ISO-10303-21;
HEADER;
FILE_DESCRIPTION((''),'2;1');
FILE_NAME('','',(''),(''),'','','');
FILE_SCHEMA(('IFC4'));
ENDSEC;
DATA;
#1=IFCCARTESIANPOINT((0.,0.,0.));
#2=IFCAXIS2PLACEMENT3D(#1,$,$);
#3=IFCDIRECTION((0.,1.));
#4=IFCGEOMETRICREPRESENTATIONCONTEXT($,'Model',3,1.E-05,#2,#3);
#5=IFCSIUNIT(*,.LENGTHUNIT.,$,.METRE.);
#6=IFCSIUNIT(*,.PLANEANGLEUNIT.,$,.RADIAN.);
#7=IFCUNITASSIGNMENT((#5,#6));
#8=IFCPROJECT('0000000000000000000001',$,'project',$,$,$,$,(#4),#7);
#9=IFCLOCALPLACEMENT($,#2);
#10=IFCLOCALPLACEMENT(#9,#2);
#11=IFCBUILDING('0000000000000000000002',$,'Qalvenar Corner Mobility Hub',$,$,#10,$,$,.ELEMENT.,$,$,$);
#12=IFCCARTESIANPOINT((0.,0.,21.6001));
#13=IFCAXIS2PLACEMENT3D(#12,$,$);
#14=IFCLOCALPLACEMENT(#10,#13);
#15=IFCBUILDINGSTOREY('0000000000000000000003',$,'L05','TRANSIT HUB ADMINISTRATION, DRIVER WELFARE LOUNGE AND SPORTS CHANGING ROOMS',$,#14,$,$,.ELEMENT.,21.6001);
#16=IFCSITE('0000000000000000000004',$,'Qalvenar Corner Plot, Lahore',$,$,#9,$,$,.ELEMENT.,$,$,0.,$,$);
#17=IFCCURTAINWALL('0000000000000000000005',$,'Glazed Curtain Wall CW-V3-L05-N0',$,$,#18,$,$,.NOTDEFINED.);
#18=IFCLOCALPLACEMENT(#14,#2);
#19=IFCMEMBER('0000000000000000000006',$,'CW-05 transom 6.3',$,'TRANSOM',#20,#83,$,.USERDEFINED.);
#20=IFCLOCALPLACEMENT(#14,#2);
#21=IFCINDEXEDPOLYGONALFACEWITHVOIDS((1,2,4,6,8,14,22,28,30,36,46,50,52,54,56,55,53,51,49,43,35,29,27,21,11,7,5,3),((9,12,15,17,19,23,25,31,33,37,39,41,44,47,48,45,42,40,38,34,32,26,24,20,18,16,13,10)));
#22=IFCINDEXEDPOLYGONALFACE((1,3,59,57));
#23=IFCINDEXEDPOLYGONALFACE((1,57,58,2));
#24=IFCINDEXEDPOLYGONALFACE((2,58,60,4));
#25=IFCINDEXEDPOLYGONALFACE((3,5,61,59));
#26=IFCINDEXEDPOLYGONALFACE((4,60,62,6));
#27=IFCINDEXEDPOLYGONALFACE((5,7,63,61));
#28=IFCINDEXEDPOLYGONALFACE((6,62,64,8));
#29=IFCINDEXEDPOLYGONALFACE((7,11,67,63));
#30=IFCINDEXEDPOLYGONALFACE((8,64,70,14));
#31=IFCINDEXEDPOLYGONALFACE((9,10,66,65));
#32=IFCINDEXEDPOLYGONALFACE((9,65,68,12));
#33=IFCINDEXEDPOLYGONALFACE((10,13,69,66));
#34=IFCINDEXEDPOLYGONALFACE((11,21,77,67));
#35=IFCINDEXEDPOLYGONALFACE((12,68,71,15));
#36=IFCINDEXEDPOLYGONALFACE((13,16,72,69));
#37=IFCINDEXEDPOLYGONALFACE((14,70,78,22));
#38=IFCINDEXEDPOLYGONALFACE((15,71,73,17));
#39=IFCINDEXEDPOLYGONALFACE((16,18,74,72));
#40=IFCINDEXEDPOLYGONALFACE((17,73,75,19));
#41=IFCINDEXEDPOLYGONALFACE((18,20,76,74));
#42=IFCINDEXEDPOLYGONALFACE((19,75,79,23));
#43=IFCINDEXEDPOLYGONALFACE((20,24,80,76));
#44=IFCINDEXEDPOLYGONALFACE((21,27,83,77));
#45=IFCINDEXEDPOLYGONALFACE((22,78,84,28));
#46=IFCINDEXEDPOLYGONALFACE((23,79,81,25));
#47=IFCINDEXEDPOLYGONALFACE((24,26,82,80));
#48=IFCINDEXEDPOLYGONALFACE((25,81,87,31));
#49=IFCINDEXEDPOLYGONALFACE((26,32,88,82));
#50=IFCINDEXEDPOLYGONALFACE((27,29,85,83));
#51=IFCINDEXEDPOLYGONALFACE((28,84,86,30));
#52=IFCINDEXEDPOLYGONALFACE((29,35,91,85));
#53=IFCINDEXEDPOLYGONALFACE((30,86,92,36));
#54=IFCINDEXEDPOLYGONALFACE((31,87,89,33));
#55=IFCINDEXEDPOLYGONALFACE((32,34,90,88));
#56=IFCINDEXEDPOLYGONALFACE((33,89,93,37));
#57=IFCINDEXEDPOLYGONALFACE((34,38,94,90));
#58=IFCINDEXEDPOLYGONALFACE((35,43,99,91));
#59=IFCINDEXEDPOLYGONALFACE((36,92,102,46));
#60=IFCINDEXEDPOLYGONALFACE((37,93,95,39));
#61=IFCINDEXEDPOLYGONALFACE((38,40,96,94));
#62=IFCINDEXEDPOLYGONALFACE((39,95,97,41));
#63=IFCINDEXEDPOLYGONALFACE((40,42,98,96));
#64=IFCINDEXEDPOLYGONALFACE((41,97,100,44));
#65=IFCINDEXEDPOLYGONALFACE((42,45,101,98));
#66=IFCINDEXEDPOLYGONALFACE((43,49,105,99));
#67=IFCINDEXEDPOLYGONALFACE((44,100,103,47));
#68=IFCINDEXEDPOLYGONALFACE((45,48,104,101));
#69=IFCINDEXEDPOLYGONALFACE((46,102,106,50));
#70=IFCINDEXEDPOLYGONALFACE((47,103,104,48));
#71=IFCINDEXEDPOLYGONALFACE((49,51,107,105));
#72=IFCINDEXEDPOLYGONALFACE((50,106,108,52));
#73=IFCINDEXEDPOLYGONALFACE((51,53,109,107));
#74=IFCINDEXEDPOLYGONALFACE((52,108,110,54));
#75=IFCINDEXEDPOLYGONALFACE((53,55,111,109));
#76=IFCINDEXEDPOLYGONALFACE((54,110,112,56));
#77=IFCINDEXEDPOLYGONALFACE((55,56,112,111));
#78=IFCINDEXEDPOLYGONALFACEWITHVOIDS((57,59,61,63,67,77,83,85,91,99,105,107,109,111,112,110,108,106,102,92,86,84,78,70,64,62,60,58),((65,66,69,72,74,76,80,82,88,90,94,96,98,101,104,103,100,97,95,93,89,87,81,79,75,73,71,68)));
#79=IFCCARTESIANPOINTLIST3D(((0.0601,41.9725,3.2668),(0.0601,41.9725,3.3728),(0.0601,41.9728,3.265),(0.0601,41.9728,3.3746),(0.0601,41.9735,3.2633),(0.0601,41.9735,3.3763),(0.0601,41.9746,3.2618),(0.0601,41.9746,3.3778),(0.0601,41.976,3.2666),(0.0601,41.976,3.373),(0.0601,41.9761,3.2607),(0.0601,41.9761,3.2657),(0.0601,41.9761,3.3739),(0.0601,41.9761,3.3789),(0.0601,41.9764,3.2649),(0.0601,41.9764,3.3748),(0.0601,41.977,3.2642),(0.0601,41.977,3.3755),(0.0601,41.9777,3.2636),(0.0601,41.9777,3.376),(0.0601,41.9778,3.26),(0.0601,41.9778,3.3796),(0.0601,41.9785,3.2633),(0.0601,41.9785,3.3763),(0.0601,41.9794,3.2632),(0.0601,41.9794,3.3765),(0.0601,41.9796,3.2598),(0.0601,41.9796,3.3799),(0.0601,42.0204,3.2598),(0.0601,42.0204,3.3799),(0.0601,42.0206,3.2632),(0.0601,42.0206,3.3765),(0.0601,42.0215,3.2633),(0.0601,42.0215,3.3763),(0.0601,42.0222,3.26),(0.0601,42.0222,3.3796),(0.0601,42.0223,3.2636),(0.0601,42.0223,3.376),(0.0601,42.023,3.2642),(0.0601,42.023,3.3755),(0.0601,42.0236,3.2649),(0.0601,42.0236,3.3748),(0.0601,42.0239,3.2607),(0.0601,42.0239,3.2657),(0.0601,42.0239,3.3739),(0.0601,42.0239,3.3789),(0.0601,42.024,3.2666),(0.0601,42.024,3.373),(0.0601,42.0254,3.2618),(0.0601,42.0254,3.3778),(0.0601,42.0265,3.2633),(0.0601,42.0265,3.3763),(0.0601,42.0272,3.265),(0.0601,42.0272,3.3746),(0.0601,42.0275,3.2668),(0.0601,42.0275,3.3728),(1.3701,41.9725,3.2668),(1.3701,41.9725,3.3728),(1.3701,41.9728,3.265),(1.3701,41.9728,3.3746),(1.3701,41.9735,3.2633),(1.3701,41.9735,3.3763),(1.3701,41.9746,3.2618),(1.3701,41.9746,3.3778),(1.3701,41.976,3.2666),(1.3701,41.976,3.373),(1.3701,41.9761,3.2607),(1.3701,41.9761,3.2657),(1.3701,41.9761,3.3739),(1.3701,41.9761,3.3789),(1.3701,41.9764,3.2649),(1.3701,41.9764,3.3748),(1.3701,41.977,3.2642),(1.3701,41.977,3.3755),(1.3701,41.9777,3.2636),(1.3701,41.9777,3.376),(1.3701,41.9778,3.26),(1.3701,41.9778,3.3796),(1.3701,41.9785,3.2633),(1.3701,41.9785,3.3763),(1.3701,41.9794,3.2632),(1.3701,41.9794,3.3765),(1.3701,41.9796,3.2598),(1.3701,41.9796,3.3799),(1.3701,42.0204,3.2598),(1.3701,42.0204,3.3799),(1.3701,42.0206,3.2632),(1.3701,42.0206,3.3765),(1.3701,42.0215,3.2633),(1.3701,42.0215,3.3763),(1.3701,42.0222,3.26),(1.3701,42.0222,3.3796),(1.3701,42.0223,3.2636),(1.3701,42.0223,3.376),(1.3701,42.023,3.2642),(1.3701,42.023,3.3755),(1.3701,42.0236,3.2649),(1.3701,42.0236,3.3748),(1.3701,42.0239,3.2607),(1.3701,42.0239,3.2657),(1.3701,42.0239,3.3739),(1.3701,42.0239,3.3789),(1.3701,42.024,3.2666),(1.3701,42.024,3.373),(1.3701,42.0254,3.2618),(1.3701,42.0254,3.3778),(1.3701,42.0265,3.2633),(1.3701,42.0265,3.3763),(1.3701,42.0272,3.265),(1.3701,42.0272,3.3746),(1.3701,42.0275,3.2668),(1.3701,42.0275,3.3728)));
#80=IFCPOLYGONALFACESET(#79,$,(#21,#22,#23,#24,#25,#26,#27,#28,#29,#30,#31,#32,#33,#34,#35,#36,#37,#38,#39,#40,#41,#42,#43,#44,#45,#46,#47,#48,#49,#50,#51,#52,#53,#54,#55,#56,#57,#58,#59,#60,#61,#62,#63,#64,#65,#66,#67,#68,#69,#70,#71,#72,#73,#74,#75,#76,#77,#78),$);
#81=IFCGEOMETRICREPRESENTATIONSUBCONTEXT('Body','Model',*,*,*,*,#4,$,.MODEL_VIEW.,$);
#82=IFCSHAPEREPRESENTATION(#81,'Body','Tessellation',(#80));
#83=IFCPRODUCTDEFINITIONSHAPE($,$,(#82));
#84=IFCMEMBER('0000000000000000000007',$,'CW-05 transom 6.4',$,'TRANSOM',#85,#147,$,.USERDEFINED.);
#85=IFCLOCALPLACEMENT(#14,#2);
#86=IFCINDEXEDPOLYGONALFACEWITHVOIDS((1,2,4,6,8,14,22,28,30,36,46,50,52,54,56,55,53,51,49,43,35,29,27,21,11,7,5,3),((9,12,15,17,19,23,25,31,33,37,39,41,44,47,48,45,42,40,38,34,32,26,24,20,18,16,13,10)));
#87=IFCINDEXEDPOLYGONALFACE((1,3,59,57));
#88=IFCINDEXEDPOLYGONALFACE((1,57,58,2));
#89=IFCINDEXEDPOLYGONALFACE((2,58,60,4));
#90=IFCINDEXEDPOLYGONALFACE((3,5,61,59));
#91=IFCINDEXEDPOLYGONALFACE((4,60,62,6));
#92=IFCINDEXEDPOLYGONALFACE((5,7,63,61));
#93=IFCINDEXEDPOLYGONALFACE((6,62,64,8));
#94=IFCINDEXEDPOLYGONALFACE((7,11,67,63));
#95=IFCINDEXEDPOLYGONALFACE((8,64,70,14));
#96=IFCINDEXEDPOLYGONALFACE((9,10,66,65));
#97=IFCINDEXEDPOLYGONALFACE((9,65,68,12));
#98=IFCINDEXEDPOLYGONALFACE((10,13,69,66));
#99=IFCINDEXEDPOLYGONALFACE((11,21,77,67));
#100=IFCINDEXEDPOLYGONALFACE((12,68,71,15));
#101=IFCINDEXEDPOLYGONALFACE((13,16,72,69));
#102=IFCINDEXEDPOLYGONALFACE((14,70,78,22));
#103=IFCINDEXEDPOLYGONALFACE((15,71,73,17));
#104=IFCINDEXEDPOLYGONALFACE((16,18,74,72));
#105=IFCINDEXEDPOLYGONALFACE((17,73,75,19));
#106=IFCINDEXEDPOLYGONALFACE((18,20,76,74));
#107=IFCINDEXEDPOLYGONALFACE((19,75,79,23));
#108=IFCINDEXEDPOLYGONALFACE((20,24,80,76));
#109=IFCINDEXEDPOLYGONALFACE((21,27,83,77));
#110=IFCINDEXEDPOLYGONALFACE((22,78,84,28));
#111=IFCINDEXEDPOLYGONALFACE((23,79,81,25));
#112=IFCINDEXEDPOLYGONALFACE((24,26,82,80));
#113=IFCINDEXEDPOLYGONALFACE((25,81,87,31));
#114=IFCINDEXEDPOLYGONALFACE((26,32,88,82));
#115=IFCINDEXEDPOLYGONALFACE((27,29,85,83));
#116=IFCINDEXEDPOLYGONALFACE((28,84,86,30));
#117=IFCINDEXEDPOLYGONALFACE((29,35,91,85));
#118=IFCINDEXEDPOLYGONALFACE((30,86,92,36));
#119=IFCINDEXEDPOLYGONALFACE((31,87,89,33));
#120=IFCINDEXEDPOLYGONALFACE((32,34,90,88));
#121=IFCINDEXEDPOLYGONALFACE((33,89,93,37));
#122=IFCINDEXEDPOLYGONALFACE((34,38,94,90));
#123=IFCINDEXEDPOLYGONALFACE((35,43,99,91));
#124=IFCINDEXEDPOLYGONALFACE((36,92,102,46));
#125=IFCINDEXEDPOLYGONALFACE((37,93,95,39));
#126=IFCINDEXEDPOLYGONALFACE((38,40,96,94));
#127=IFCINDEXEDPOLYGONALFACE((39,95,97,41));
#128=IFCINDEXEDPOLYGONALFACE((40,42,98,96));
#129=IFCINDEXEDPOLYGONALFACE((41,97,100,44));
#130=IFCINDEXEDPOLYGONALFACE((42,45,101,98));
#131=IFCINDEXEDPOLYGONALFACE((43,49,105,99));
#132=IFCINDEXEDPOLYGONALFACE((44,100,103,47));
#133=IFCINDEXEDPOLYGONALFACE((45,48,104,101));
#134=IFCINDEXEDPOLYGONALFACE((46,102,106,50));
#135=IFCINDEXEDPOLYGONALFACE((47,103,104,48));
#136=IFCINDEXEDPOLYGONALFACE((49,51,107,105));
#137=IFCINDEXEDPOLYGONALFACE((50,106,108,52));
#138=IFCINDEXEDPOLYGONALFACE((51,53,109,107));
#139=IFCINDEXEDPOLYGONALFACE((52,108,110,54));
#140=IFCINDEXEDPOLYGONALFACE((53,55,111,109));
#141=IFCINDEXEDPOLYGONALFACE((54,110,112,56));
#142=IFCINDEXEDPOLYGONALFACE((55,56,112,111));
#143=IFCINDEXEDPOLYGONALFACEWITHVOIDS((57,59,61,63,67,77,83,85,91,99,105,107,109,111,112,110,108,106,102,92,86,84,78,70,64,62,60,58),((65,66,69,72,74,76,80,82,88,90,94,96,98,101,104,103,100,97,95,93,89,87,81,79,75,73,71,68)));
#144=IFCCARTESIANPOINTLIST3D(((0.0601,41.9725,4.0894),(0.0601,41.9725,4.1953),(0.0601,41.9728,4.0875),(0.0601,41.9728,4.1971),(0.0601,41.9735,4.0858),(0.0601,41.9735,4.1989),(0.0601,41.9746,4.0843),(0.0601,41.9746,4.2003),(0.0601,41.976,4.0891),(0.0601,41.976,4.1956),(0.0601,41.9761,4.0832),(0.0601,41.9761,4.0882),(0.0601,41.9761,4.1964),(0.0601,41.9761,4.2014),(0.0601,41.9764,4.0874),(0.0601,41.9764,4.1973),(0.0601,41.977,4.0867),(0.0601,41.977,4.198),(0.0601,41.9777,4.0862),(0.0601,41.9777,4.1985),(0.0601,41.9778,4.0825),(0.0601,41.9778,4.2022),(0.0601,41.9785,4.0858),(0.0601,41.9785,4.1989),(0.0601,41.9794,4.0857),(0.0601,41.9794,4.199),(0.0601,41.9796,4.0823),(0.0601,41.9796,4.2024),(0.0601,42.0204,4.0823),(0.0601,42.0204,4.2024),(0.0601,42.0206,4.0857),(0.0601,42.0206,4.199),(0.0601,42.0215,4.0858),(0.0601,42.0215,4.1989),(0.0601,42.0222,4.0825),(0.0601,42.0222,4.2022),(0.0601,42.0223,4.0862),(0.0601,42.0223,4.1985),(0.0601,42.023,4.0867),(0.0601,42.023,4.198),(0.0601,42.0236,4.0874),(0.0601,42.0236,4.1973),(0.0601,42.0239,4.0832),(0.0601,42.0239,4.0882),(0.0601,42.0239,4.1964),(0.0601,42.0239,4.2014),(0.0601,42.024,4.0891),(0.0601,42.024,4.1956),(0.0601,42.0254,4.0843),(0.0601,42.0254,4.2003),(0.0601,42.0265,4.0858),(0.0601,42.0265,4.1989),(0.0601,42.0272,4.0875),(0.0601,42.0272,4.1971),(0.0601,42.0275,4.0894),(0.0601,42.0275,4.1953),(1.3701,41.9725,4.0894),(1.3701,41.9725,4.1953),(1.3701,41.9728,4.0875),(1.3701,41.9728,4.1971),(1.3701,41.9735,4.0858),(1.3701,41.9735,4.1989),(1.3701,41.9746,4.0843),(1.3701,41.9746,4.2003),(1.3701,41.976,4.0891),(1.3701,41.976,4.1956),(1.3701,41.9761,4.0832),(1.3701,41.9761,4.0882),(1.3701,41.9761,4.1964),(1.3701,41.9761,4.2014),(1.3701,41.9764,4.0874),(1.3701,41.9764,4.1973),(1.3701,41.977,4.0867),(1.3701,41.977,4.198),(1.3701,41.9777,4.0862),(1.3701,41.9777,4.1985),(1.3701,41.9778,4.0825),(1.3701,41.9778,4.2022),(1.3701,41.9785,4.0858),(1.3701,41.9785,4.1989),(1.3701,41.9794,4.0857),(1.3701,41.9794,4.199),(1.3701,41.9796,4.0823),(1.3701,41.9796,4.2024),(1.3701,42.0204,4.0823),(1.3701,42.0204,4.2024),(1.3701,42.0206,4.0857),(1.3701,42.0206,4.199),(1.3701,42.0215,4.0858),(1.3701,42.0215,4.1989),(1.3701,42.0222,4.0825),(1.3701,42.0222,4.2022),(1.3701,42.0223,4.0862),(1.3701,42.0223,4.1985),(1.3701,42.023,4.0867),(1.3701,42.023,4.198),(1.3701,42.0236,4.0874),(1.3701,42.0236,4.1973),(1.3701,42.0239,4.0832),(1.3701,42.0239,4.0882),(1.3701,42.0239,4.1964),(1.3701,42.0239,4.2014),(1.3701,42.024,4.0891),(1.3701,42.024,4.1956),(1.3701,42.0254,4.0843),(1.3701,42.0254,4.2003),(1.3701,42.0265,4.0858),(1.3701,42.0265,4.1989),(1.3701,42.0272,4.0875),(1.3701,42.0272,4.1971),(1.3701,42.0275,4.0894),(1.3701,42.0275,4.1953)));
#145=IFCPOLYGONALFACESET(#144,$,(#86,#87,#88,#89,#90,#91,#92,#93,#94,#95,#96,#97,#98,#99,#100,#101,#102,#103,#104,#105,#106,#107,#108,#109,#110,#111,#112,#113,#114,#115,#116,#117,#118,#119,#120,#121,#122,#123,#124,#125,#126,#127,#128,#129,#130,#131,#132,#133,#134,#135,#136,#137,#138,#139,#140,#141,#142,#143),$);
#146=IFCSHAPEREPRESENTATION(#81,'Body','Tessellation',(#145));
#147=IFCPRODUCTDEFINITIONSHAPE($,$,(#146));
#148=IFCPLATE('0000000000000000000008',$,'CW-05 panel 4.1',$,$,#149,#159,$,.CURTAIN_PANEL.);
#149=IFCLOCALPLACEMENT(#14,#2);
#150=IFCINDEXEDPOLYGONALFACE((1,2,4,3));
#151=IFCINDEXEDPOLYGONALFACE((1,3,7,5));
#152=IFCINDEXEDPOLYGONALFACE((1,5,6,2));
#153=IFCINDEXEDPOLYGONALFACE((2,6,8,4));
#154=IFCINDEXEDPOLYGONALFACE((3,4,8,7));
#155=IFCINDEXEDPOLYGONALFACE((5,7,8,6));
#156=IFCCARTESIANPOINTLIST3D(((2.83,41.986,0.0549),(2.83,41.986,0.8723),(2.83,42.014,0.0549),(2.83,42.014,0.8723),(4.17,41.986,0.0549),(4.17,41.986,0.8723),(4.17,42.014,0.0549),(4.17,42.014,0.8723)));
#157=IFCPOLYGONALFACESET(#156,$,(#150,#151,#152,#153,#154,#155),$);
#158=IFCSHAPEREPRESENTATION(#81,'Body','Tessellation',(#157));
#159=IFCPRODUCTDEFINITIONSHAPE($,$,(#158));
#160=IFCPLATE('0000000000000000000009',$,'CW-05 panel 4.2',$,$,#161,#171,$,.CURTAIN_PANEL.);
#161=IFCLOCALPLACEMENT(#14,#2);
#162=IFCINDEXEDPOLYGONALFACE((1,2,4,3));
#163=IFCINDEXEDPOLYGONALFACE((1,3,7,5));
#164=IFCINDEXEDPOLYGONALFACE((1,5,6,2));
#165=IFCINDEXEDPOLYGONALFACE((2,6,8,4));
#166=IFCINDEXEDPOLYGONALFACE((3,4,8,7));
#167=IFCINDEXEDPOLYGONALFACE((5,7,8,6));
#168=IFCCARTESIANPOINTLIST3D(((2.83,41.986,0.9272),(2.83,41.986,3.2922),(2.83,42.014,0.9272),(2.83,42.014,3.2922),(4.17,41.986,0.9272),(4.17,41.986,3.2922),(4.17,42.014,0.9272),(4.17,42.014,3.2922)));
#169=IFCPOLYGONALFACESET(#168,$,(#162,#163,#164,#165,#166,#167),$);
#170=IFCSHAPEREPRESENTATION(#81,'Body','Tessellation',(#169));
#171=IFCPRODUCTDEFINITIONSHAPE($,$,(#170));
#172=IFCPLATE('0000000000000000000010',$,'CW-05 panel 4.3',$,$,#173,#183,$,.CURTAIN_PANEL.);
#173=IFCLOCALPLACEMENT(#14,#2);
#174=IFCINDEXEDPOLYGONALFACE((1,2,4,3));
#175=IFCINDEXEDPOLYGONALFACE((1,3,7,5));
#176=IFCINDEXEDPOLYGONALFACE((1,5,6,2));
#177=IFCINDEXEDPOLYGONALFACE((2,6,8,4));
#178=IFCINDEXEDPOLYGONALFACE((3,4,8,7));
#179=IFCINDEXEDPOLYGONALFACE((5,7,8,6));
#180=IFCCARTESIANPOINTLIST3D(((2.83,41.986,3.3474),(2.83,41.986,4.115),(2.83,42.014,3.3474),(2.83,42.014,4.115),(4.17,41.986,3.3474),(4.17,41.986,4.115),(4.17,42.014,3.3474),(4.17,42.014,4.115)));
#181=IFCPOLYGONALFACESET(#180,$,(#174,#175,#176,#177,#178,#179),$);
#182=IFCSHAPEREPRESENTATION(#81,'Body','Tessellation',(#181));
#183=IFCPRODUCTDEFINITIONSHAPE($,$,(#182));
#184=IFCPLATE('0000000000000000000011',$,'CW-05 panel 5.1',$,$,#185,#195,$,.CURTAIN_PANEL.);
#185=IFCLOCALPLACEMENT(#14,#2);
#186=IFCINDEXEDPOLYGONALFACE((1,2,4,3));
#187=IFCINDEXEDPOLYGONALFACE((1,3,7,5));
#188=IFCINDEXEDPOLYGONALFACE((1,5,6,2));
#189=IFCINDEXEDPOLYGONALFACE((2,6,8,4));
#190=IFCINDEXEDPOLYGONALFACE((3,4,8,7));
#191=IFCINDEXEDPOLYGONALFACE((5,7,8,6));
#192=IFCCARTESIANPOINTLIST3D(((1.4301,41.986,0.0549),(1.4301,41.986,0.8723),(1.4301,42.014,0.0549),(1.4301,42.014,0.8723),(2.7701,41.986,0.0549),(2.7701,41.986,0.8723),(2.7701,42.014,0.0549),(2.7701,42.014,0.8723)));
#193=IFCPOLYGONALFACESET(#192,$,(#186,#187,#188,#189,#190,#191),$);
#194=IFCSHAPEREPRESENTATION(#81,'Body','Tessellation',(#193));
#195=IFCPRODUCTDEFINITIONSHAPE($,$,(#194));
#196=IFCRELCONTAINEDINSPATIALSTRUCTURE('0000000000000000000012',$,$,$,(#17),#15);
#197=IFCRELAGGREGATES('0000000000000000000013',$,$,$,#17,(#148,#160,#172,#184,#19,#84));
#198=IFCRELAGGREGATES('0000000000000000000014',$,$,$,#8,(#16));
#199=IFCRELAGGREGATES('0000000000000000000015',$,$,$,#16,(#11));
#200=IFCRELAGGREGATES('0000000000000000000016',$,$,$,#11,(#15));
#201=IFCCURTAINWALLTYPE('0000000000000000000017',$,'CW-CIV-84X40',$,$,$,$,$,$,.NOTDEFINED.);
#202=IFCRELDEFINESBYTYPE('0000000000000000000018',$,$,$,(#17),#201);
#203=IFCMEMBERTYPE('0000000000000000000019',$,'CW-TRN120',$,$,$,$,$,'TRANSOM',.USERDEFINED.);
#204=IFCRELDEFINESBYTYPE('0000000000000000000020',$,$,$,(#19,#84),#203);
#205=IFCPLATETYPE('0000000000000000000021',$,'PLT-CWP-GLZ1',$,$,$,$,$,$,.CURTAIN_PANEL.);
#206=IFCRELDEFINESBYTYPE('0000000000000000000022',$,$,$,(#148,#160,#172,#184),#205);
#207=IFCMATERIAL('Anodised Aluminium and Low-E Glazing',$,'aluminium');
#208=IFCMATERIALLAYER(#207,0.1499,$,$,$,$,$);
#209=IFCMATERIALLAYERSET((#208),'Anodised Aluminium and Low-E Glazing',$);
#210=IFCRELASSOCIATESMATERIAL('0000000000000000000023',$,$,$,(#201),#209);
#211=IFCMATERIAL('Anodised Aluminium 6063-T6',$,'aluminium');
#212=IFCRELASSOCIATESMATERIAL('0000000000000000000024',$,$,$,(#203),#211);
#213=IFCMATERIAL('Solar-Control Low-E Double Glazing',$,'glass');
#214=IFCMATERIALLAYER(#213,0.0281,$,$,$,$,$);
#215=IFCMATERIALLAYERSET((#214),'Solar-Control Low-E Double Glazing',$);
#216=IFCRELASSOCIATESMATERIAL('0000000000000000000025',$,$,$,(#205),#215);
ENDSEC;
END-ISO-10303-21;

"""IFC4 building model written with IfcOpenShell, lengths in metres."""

from ifc_helpers import new_model, si_unit, direction, frame, origin, origin_2d, place, context, subcontext, project, spatial, rectangle, hollow_rectangle, extrude, material, layer, layer_set, material_profile, profile_set, type_object, element, aggregate, save


model = new_model("IFC4")

# Units and contexts
model_context = context("Model", 3, precision=1e-05, world=origin(), true_north=direction((0.0, 1.0)))
body_context = subcontext(model_context, "Body", "Model", "MODEL_VIEW")
ifc_project = project(units=[si_unit("LENGTHUNIT", "METRE"), si_unit("PLANEANGLEUNIT", "RADIAN")], contexts=[model_context])

# Site, building, storey
site_placement = place(None, origin())
site = spatial("IfcSite", under=ifc_project, at=site_placement, Name="Qalvenar Corner Plot, Lahore", CompositionType="ELEMENT", RefElevation=0.0)
building_placement = place(site_placement, origin())
building = spatial("IfcBuilding", under=site, at=building_placement, Name="Qalvenar Corner Mobility Hub", CompositionType="ELEMENT")
storey_placement = place(building_placement, frame((0.0, 0.0, 21.6001)))
storey = spatial("IfcBuildingStorey", under=building, at=storey_placement, Name="L05", Description="TRANSIT HUB ADMINISTRATION, DRIVER WELFARE LOUNGE AND SPORTS CHANGING ROOMS", CompositionType="ELEMENT", Elevation=21.6001)

# Curtain wall, members, plates
ifc_material_1 = material(Name="Anodised Aluminium and Low-E Glazing", Category="aluminium")
ifc_layer_1 = layer(ifc_material_1, 0.1499)
ifc_layer_set_1 = layer_set([ifc_layer_1], Name="Anodised Aluminium and Low-E Glazing")
curtain_wall_type = type_object("IfcCurtainWallType", Name="CW-CIV-84X40", PredefinedType="NOTDEFINED", material=ifc_layer_set_1)
curtain_wall_placement = place(storey_placement, origin())
curtain_wall = element("IfcCurtainWall", 1, at=curtain_wall_placement, inside=storey, type_object=curtain_wall_type, Name="Glazed Curtain Wall CW-V3-L05-N0", PredefinedType="NOTDEFINED")
ifc_material_2 = material(Name="Anodised Aluminium 6063-T6", Category="aluminium")
ifc_material_profile_1 = material_profile(ifc_material_2, hollow_rectangle(XDim=0.0549, YDim=0.1201, WallThickness=0.0034, InnerFilletRadius=0.0034, OuterFilletRadius=0.0071, at=origin_2d()), Name="RHS120x55x3.5")
ifc_profile_set_1 = profile_set([ifc_material_profile_1], Name="Anodised Aluminium 6063-T6")
member_type_1 = type_object("IfcMemberType", Name="CW-TRN120", ElementType="TRANSOM", PredefinedType="USERDEFINED", material=ifc_profile_set_1)
member_1_placement = place(storey_placement, frame((1.3701, 42.0, 3.3198), z_axis=(-1.0, 0.0, 0.0), x_axis=(0.0, -1.0, 0.0)))
member_1 = element("IfcMember", 2, at=member_1_placement, type_object=member_type_1, Name="CW-05 transom 6.3", ObjectType="TRANSOM", PredefinedType="USERDEFINED", context=body_context, shape_type="SweptSolid", body=[
    extrude(hollow_rectangle(XDim=0.0549, YDim=0.1201, WallThickness=0.0034, InnerFilletRadius=0.0034, OuterFilletRadius=0.0071, at=origin_2d()), origin(), (0.0, 0.0, 1.0), 1.3101),
])
member_2_placement = place(storey_placement, frame((1.3701, 42.0, 4.1423), z_axis=(-1.0, 0.0, 0.0), x_axis=(0.0, -1.0, 0.0)))
member_2 = element("IfcMember", 3, at=member_2_placement, type_object=member_type_1, Name="CW-05 transom 6.4", ObjectType="TRANSOM", PredefinedType="USERDEFINED", context=body_context, shape_type="SweptSolid", body=[
    extrude(hollow_rectangle(XDim=0.0549, YDim=0.1201, WallThickness=0.0034, InnerFilletRadius=0.0034, OuterFilletRadius=0.0071, at=origin_2d()), origin(), (0.0, 0.0, 1.0), 1.3101),
])
ifc_material_3 = material(Name="Solar-Control Low-E Double Glazing", Category="glass")
ifc_layer_2 = layer(ifc_material_3, 0.0281)
ifc_layer_set_2 = layer_set([ifc_layer_2], Name="Solar-Control Low-E Double Glazing")
plate_type = type_object("IfcPlateType", Name="PLT-CWP-GLZ1", PredefinedType="CURTAIN_PANEL", material=ifc_layer_set_2)
plate_1_placement = place(storey_placement, frame((3.5, 42.0, 0.0549), z_axis=(0.0, 0.0, 1.0), x_axis=(-1.0, 0.0, 0.0)))
plate_1 = element("IfcPlate", 4, at=plate_1_placement, type_object=plate_type, Name="CW-05 panel 4.1", PredefinedType="CURTAIN_PANEL", context=body_context, shape_type="SweptSolid", body=[
    extrude(rectangle(XDim=1.3401, YDim=0.0281, at=origin_2d()), origin(), (0.0, 0.0, 1.0), 0.8174),
])
plate_2_placement = place(storey_placement, frame((3.5, 42.0, 0.9272), z_axis=(0.0, 0.0, 1.0), x_axis=(-1.0, 0.0, 0.0)))
plate_2 = element("IfcPlate", 5, at=plate_2_placement, type_object=plate_type, Name="CW-05 panel 4.2", PredefinedType="CURTAIN_PANEL", context=body_context, shape_type="SweptSolid", body=[
    extrude(rectangle(XDim=1.3401, YDim=0.0281, at=origin_2d()), origin(), (0.0, 0.0, 1.0), 2.365),
])
plate_3_placement = place(storey_placement, frame((3.5, 42.0, 3.3474), z_axis=(0.0, 0.0, 1.0), x_axis=(-1.0, 0.0, 0.0)))
plate_3 = element("IfcPlate", 6, at=plate_3_placement, type_object=plate_type, Name="CW-05 panel 4.3", PredefinedType="CURTAIN_PANEL", context=body_context, shape_type="SweptSolid", body=[
    extrude(rectangle(XDim=1.3401, YDim=0.0281, at=origin_2d()), origin(), (0.0, 0.0, 1.0), 0.7676),
])
plate_4_placement = place(storey_placement, frame((2.1001, 42.0, 0.0549), z_axis=(0.0, 0.0, 1.0), x_axis=(-1.0, 0.0, 0.0)))
plate_4 = element("IfcPlate", 7, at=plate_4_placement, type_object=plate_type, Name="CW-05 panel 5.1", PredefinedType="CURTAIN_PANEL", context=body_context, shape_type="SweptSolid", body=[
    extrude(rectangle(XDim=1.3401, YDim=0.0281, at=origin_2d()), origin(), (0.0, 0.0, 1.0), 0.8174),
])
aggregate(curtain_wall, [plate_1, plate_2, plate_3, plate_4, member_1, member_2])

save(model, "model.ifc")
